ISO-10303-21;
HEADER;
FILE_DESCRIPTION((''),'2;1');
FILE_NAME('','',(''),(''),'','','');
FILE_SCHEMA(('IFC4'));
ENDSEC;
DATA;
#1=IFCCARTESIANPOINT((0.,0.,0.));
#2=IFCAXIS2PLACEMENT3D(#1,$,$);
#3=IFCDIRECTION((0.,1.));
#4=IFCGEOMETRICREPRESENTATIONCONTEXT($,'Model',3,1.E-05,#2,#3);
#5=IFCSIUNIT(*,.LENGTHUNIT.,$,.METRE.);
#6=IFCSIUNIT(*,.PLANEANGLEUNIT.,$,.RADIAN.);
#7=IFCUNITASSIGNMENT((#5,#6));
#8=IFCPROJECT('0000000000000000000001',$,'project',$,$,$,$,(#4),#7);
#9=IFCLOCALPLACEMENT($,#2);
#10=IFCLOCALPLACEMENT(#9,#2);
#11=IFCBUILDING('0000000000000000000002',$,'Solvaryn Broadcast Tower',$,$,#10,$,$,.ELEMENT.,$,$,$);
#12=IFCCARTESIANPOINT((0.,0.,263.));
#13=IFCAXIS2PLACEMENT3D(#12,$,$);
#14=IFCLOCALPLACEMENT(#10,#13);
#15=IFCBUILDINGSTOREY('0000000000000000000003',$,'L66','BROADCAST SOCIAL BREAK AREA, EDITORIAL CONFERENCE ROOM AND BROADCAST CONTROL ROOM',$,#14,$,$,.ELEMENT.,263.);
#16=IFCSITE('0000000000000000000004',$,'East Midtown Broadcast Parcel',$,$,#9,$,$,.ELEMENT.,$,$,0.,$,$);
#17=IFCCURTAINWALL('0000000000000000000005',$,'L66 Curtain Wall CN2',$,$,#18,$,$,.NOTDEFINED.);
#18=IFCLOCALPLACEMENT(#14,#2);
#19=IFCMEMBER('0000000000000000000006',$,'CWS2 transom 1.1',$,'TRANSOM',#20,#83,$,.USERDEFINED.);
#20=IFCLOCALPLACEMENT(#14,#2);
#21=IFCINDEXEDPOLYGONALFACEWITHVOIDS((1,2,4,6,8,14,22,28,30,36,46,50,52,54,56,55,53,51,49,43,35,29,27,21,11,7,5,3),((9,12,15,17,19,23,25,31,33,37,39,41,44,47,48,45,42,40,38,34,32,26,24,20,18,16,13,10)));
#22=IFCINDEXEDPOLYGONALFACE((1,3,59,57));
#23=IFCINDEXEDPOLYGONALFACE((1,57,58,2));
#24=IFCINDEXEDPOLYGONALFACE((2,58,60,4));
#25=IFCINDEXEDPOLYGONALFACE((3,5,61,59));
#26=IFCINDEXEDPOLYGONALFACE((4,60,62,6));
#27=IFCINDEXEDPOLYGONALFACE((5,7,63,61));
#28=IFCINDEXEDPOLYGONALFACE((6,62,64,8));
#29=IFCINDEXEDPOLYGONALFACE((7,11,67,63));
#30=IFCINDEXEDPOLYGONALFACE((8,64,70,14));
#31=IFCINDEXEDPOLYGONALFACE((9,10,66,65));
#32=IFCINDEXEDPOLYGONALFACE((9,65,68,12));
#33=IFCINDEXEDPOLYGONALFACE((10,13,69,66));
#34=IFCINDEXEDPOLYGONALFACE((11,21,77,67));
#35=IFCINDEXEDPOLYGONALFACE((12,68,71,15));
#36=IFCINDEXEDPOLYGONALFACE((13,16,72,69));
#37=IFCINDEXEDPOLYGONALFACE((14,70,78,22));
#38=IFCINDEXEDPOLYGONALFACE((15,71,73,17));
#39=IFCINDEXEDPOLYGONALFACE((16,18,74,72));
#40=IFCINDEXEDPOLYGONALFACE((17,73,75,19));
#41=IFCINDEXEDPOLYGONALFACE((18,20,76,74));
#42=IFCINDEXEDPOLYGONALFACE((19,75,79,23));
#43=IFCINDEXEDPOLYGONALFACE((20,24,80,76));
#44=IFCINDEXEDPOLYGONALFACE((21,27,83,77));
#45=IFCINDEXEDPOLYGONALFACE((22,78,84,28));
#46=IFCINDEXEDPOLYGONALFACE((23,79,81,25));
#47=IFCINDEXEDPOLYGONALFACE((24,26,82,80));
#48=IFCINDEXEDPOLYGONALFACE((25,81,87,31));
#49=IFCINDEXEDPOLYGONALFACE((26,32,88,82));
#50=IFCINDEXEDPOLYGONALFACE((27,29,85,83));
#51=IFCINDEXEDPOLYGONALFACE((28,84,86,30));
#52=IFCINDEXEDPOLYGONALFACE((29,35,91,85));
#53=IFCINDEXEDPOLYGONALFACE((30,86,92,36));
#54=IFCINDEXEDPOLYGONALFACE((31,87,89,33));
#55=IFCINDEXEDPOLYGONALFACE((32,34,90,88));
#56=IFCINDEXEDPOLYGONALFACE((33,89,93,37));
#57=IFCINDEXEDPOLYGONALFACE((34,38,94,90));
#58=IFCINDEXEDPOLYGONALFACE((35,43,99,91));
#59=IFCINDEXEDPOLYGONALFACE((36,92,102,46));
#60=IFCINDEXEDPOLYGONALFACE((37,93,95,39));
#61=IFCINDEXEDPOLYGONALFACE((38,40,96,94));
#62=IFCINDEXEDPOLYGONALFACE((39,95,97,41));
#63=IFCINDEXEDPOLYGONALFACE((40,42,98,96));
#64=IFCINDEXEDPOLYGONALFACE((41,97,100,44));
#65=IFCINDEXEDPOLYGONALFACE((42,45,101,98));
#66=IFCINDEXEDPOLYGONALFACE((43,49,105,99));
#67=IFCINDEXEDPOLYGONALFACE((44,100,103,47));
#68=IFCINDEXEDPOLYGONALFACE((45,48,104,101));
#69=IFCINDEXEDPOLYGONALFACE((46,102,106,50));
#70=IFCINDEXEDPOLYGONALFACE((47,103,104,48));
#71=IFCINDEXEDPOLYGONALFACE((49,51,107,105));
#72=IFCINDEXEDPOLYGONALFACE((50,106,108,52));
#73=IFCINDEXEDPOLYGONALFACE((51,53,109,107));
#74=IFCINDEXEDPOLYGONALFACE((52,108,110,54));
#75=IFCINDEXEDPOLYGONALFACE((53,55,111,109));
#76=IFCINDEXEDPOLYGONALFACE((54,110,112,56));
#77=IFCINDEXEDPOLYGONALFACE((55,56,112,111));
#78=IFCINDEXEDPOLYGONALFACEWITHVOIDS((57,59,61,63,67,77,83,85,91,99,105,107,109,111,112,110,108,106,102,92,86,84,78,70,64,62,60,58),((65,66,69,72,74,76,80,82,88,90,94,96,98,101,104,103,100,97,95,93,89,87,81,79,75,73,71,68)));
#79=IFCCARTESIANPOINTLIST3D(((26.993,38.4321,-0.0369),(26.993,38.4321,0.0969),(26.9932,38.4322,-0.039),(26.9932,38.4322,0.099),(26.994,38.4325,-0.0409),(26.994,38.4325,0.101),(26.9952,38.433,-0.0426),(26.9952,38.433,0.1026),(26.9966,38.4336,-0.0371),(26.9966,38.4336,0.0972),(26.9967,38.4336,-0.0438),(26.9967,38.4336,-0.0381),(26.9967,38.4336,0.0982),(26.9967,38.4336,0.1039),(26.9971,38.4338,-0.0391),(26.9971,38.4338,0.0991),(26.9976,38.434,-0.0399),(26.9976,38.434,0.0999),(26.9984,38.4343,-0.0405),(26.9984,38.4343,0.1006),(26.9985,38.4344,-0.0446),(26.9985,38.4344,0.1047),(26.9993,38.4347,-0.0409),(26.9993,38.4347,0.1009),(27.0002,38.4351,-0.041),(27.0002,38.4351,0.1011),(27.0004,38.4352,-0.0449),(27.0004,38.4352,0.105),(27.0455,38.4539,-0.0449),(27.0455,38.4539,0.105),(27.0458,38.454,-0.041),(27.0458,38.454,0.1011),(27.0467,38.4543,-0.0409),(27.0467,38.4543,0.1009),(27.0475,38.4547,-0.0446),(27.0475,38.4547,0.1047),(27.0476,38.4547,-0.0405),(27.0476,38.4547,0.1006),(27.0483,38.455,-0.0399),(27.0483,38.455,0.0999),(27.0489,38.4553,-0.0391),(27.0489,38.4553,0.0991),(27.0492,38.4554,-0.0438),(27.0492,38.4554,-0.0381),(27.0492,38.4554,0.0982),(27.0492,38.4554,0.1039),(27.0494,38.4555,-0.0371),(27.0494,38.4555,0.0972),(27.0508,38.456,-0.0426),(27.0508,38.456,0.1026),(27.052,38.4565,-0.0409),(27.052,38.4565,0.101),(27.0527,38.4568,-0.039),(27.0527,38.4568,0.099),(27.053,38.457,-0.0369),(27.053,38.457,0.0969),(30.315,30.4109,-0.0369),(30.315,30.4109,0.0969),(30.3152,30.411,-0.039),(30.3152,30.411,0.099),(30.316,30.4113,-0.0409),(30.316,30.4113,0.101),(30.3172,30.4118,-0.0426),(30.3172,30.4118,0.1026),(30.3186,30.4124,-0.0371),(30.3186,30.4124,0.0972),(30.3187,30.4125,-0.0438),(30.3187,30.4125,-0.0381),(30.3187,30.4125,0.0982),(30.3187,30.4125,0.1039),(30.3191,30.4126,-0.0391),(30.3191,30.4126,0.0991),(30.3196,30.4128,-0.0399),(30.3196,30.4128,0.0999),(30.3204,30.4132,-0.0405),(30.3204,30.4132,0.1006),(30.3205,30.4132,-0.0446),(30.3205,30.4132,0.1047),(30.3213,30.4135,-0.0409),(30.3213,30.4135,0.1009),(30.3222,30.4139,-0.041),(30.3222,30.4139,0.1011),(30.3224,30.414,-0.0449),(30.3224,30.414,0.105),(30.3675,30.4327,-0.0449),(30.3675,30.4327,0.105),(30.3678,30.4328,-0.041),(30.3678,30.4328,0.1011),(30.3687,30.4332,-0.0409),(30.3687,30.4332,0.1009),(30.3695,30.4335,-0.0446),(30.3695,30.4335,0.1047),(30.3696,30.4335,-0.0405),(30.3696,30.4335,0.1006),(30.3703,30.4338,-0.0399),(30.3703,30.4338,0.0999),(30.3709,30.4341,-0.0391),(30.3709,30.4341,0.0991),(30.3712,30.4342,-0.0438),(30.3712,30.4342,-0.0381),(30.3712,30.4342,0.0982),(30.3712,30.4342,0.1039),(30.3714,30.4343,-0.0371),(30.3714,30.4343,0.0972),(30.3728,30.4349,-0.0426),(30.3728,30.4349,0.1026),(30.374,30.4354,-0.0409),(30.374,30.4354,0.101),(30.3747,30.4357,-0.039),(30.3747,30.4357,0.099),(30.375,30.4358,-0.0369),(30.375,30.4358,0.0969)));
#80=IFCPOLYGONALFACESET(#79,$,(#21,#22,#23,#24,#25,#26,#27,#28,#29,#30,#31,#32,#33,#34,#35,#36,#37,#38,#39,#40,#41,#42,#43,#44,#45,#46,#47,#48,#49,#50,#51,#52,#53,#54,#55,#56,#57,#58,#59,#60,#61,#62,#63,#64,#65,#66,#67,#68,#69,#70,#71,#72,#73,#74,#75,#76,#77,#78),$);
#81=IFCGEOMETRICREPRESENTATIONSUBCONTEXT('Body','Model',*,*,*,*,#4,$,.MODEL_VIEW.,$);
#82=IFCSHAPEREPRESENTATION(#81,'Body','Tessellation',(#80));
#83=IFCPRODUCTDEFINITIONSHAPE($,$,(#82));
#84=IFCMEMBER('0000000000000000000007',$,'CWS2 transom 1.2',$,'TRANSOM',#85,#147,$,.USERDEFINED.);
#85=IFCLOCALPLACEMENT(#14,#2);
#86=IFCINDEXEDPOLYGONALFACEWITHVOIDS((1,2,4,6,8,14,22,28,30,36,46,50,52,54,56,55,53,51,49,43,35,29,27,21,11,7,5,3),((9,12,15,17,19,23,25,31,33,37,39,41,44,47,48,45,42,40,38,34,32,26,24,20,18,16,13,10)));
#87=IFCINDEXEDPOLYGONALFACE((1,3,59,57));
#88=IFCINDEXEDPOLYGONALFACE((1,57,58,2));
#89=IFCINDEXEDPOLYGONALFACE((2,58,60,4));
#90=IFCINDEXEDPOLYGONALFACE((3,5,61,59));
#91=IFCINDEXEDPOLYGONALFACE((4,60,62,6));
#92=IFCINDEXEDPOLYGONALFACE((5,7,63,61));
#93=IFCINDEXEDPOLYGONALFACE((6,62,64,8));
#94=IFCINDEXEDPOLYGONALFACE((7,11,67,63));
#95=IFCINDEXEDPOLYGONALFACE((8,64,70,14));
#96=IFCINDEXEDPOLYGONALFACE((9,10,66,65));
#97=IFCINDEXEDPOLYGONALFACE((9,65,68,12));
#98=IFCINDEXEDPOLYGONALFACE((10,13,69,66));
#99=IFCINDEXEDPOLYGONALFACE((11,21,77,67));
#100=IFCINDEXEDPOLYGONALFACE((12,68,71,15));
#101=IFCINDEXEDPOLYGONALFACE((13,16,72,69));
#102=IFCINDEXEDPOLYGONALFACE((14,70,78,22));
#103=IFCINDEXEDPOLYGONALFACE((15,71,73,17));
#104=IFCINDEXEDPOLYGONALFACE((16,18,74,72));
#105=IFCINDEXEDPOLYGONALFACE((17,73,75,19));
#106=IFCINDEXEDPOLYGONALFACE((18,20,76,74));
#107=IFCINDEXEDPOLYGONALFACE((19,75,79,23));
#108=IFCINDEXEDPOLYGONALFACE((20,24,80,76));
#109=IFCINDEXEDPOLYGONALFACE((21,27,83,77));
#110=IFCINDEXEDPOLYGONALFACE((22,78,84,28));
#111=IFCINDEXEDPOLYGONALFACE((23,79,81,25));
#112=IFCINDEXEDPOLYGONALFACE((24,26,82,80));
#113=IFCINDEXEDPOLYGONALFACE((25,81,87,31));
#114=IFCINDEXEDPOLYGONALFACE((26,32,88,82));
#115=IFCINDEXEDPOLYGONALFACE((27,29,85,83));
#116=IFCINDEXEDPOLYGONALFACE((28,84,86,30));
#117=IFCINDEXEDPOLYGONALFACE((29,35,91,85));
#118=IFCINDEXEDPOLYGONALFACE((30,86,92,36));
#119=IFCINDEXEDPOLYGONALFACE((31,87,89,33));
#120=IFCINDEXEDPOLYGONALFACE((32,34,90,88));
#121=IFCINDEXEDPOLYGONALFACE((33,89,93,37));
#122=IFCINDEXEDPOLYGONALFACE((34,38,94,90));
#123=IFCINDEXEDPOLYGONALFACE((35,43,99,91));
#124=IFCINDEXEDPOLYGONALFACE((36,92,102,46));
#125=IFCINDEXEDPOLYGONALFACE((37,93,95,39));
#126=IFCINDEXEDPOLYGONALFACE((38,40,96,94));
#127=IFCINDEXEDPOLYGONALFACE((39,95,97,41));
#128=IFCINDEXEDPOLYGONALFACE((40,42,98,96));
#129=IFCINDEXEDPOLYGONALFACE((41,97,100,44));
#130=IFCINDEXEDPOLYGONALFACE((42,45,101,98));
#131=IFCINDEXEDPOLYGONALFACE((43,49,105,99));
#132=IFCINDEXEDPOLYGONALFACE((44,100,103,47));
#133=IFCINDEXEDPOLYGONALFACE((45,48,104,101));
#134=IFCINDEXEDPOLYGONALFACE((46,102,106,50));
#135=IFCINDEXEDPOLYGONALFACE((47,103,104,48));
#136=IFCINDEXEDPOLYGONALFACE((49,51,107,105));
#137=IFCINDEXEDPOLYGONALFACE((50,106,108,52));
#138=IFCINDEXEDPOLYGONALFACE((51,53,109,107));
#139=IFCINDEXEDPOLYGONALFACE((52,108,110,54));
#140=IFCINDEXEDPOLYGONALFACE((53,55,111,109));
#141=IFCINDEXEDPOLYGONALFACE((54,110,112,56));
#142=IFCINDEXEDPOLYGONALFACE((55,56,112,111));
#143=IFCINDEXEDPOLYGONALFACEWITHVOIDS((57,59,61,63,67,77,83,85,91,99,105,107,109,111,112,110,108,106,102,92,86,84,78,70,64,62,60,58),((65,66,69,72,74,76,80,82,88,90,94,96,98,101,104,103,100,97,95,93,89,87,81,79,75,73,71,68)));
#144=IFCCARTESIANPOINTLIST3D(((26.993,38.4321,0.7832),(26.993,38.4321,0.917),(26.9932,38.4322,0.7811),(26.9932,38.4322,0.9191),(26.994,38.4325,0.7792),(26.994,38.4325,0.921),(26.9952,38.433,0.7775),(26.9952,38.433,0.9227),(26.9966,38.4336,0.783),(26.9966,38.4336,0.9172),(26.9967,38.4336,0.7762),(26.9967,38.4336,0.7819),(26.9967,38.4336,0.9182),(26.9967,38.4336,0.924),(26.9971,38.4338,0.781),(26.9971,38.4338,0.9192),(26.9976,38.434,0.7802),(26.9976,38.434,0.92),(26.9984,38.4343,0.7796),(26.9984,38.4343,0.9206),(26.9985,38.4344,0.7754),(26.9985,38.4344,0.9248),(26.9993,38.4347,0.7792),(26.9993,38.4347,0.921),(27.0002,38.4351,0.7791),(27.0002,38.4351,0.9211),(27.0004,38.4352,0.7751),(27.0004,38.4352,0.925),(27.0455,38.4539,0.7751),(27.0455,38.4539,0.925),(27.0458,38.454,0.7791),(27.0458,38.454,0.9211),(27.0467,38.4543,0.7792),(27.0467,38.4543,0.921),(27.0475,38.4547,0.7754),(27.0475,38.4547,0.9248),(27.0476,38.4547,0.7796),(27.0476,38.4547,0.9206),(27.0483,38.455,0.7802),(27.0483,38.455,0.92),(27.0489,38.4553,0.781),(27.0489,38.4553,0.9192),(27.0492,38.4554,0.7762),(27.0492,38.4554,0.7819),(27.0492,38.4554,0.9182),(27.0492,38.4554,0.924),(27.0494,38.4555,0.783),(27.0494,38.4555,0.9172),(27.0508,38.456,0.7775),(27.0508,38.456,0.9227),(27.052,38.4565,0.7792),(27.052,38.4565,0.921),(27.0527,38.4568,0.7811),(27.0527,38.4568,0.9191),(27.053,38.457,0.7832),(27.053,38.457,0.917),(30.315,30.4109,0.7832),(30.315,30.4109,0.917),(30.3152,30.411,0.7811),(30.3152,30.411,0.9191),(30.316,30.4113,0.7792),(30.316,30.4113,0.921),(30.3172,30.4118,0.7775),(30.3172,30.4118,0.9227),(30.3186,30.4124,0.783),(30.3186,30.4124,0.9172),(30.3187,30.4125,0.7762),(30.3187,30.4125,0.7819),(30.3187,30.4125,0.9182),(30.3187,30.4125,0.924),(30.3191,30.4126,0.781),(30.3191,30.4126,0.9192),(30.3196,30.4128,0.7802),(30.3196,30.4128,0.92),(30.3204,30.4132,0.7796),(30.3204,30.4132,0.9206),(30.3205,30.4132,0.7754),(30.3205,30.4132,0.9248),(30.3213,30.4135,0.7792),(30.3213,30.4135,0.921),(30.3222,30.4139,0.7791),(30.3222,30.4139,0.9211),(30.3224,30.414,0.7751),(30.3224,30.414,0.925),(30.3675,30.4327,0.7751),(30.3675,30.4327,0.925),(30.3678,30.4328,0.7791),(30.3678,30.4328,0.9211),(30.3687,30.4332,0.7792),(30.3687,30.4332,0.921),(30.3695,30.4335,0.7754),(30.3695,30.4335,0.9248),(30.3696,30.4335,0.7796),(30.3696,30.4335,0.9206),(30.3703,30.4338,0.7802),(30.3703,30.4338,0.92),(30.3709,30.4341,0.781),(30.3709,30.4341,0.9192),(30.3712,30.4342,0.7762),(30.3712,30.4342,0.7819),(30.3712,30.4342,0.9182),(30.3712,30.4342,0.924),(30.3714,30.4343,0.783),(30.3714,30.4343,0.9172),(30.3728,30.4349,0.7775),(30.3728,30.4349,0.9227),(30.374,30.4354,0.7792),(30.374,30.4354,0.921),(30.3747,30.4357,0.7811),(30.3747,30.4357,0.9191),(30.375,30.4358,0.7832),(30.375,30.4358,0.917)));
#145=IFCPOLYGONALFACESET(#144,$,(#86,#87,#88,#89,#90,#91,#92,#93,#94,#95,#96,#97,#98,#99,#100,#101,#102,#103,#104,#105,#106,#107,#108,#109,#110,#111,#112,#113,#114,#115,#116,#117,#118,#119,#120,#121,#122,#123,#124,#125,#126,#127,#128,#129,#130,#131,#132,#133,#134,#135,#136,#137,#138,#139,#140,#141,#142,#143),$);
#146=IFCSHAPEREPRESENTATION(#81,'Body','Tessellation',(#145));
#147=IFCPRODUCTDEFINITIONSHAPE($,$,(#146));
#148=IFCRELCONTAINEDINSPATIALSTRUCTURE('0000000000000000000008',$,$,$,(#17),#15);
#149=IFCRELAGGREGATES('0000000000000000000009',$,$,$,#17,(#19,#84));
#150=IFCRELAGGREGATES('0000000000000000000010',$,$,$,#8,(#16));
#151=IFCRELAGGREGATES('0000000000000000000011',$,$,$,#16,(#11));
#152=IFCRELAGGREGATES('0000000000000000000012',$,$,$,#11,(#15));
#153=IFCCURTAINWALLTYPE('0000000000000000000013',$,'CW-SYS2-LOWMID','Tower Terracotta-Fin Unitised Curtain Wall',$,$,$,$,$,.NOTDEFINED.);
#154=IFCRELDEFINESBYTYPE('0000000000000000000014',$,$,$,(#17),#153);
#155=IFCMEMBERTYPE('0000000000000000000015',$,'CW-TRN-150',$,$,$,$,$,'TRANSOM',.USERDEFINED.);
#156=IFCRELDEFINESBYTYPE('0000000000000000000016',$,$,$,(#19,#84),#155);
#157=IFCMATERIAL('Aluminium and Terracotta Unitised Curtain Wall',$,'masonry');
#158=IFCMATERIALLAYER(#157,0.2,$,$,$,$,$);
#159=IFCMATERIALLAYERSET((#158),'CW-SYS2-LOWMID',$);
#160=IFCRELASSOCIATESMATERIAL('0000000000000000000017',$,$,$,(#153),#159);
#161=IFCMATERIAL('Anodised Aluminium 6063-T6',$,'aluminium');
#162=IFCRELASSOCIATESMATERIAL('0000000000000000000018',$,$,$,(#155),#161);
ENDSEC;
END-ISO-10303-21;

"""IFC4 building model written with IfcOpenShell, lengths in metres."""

from ifc_helpers import new_model, si_unit, direction, frame, origin, origin_2d, place, context, subcontext, project, spatial, hollow_rectangle, extrude, material, layer, layer_set, material_profile, profile_set, type_object, element, aggregate, save


model = new_model("IFC4")

# Units and contexts
model_context = context("Model", 3, precision=1e-05, world=origin(), true_north=direction((0.0, 1.0)))
body_context = subcontext(model_context, "Body", "Model", "MODEL_VIEW")
ifc_project = project(units=[si_unit("LENGTHUNIT", "METRE"), si_unit("PLANEANGLEUNIT", "RADIAN")], contexts=[model_context])

# Site, building, storey
site_placement = place(None, origin())
site = spatial("IfcSite", under=ifc_project, at=site_placement, Name="East Midtown Broadcast Parcel", CompositionType="ELEMENT", RefElevation=0.0)
building_placement = place(site_placement, origin())
building = spatial("IfcBuilding", under=site, at=building_placement, Name="Solvaryn Broadcast Tower", CompositionType="ELEMENT")
storey_placement = place(building_placement, frame((0.0, 0.0, 263.0)))
storey = spatial("IfcBuildingStorey", under=building, at=storey_placement, Name="L66", Description="BROADCAST SOCIAL BREAK AREA, EDITORIAL CONFERENCE ROOM AND BROADCAST CONTROL ROOM", CompositionType="ELEMENT", Elevation=263.0)

# Shared definitions
ifc_material_1 = material(Name="Aluminium and Terracotta Unitised Curtain Wall", Category="masonry")
ifc_layer_1 = layer(ifc_material_1, 0.2)
ifc_layer_set_1 = layer_set([ifc_layer_1], Name="CW-SYS2-LOWMID")
curtain_wall_type = type_object("IfcCurtainWallType", Name="CW-SYS2-LOWMID", Description="Tower Terracotta-Fin Unitised Curtain Wall", PredefinedType="NOTDEFINED", material=ifc_layer_set_1)

# Curtain wall, members
curtain_wall_1_placement = place(storey_placement, origin())
curtain_wall_1 = element("IfcCurtainWall", 1, at=curtain_wall_1_placement, inside=storey, type_object=curtain_wall_type, Name="L66 Curtain Wall CN2", PredefinedType="NOTDEFINED")
ifc_material_2 = material(Name="Anodised Aluminium 6063-T6", Category="aluminium")
ifc_material_profile_1 = material_profile(ifc_material_2, hollow_rectangle(XDim=0.0649, YDim=0.1499, WallThickness=0.0039, InnerFilletRadius=0.0039, OuterFilletRadius=0.0081, at=origin_2d()))
ifc_profile_set_1 = profile_set([ifc_material_profile_1], Name="Anodised Aluminium 6063-T6")
member_type_1 = type_object("IfcMemberType", Name="CW-TRN-150", ElementType="TRANSOM", PredefinedType="USERDEFINED", material=ifc_profile_set_1)
member_1_placement = place(storey_placement, frame((30.345, 30.4233, 0.03), z_axis=(-0.382636, 0.923899, 0.0), x_axis=(-0.923899, -0.382636, 0.0)))
member_1 = element("IfcMember", 2, at=member_1_placement, type_object=member_type_1, Name="CWS2 transom 1.1", ObjectType="TRANSOM", PredefinedType="USERDEFINED", context=body_context, shape_type="SweptSolid", body=[
    extrude(hollow_rectangle(XDim=0.0649, YDim=0.1499, WallThickness=0.0039, InnerFilletRadius=0.0039, OuterFilletRadius=0.0081, at=origin_2d()), origin(), (0.0, 0.0, 1.0), 8.6819),
])
member_2_placement = place(storey_placement, frame((30.345, 30.4233, 0.8501), z_axis=(-0.382636, 0.923899, 0.0), x_axis=(-0.923899, -0.382636, 0.0)))
member_2 = element("IfcMember", 3, at=member_2_placement, type_object=member_type_1, Name="CWS2 transom 1.2", ObjectType="TRANSOM", PredefinedType="USERDEFINED", context=body_context, shape_type="SweptSolid", body=[
    extrude(hollow_rectangle(XDim=0.0649, YDim=0.1499, WallThickness=0.0039, InnerFilletRadius=0.0039, OuterFilletRadius=0.0081, at=origin_2d()), origin(), (0.0, 0.0, 1.0), 8.6819),
])
aggregate(curtain_wall_1, [member_1, member_2])

save(model, "model.ifc")
